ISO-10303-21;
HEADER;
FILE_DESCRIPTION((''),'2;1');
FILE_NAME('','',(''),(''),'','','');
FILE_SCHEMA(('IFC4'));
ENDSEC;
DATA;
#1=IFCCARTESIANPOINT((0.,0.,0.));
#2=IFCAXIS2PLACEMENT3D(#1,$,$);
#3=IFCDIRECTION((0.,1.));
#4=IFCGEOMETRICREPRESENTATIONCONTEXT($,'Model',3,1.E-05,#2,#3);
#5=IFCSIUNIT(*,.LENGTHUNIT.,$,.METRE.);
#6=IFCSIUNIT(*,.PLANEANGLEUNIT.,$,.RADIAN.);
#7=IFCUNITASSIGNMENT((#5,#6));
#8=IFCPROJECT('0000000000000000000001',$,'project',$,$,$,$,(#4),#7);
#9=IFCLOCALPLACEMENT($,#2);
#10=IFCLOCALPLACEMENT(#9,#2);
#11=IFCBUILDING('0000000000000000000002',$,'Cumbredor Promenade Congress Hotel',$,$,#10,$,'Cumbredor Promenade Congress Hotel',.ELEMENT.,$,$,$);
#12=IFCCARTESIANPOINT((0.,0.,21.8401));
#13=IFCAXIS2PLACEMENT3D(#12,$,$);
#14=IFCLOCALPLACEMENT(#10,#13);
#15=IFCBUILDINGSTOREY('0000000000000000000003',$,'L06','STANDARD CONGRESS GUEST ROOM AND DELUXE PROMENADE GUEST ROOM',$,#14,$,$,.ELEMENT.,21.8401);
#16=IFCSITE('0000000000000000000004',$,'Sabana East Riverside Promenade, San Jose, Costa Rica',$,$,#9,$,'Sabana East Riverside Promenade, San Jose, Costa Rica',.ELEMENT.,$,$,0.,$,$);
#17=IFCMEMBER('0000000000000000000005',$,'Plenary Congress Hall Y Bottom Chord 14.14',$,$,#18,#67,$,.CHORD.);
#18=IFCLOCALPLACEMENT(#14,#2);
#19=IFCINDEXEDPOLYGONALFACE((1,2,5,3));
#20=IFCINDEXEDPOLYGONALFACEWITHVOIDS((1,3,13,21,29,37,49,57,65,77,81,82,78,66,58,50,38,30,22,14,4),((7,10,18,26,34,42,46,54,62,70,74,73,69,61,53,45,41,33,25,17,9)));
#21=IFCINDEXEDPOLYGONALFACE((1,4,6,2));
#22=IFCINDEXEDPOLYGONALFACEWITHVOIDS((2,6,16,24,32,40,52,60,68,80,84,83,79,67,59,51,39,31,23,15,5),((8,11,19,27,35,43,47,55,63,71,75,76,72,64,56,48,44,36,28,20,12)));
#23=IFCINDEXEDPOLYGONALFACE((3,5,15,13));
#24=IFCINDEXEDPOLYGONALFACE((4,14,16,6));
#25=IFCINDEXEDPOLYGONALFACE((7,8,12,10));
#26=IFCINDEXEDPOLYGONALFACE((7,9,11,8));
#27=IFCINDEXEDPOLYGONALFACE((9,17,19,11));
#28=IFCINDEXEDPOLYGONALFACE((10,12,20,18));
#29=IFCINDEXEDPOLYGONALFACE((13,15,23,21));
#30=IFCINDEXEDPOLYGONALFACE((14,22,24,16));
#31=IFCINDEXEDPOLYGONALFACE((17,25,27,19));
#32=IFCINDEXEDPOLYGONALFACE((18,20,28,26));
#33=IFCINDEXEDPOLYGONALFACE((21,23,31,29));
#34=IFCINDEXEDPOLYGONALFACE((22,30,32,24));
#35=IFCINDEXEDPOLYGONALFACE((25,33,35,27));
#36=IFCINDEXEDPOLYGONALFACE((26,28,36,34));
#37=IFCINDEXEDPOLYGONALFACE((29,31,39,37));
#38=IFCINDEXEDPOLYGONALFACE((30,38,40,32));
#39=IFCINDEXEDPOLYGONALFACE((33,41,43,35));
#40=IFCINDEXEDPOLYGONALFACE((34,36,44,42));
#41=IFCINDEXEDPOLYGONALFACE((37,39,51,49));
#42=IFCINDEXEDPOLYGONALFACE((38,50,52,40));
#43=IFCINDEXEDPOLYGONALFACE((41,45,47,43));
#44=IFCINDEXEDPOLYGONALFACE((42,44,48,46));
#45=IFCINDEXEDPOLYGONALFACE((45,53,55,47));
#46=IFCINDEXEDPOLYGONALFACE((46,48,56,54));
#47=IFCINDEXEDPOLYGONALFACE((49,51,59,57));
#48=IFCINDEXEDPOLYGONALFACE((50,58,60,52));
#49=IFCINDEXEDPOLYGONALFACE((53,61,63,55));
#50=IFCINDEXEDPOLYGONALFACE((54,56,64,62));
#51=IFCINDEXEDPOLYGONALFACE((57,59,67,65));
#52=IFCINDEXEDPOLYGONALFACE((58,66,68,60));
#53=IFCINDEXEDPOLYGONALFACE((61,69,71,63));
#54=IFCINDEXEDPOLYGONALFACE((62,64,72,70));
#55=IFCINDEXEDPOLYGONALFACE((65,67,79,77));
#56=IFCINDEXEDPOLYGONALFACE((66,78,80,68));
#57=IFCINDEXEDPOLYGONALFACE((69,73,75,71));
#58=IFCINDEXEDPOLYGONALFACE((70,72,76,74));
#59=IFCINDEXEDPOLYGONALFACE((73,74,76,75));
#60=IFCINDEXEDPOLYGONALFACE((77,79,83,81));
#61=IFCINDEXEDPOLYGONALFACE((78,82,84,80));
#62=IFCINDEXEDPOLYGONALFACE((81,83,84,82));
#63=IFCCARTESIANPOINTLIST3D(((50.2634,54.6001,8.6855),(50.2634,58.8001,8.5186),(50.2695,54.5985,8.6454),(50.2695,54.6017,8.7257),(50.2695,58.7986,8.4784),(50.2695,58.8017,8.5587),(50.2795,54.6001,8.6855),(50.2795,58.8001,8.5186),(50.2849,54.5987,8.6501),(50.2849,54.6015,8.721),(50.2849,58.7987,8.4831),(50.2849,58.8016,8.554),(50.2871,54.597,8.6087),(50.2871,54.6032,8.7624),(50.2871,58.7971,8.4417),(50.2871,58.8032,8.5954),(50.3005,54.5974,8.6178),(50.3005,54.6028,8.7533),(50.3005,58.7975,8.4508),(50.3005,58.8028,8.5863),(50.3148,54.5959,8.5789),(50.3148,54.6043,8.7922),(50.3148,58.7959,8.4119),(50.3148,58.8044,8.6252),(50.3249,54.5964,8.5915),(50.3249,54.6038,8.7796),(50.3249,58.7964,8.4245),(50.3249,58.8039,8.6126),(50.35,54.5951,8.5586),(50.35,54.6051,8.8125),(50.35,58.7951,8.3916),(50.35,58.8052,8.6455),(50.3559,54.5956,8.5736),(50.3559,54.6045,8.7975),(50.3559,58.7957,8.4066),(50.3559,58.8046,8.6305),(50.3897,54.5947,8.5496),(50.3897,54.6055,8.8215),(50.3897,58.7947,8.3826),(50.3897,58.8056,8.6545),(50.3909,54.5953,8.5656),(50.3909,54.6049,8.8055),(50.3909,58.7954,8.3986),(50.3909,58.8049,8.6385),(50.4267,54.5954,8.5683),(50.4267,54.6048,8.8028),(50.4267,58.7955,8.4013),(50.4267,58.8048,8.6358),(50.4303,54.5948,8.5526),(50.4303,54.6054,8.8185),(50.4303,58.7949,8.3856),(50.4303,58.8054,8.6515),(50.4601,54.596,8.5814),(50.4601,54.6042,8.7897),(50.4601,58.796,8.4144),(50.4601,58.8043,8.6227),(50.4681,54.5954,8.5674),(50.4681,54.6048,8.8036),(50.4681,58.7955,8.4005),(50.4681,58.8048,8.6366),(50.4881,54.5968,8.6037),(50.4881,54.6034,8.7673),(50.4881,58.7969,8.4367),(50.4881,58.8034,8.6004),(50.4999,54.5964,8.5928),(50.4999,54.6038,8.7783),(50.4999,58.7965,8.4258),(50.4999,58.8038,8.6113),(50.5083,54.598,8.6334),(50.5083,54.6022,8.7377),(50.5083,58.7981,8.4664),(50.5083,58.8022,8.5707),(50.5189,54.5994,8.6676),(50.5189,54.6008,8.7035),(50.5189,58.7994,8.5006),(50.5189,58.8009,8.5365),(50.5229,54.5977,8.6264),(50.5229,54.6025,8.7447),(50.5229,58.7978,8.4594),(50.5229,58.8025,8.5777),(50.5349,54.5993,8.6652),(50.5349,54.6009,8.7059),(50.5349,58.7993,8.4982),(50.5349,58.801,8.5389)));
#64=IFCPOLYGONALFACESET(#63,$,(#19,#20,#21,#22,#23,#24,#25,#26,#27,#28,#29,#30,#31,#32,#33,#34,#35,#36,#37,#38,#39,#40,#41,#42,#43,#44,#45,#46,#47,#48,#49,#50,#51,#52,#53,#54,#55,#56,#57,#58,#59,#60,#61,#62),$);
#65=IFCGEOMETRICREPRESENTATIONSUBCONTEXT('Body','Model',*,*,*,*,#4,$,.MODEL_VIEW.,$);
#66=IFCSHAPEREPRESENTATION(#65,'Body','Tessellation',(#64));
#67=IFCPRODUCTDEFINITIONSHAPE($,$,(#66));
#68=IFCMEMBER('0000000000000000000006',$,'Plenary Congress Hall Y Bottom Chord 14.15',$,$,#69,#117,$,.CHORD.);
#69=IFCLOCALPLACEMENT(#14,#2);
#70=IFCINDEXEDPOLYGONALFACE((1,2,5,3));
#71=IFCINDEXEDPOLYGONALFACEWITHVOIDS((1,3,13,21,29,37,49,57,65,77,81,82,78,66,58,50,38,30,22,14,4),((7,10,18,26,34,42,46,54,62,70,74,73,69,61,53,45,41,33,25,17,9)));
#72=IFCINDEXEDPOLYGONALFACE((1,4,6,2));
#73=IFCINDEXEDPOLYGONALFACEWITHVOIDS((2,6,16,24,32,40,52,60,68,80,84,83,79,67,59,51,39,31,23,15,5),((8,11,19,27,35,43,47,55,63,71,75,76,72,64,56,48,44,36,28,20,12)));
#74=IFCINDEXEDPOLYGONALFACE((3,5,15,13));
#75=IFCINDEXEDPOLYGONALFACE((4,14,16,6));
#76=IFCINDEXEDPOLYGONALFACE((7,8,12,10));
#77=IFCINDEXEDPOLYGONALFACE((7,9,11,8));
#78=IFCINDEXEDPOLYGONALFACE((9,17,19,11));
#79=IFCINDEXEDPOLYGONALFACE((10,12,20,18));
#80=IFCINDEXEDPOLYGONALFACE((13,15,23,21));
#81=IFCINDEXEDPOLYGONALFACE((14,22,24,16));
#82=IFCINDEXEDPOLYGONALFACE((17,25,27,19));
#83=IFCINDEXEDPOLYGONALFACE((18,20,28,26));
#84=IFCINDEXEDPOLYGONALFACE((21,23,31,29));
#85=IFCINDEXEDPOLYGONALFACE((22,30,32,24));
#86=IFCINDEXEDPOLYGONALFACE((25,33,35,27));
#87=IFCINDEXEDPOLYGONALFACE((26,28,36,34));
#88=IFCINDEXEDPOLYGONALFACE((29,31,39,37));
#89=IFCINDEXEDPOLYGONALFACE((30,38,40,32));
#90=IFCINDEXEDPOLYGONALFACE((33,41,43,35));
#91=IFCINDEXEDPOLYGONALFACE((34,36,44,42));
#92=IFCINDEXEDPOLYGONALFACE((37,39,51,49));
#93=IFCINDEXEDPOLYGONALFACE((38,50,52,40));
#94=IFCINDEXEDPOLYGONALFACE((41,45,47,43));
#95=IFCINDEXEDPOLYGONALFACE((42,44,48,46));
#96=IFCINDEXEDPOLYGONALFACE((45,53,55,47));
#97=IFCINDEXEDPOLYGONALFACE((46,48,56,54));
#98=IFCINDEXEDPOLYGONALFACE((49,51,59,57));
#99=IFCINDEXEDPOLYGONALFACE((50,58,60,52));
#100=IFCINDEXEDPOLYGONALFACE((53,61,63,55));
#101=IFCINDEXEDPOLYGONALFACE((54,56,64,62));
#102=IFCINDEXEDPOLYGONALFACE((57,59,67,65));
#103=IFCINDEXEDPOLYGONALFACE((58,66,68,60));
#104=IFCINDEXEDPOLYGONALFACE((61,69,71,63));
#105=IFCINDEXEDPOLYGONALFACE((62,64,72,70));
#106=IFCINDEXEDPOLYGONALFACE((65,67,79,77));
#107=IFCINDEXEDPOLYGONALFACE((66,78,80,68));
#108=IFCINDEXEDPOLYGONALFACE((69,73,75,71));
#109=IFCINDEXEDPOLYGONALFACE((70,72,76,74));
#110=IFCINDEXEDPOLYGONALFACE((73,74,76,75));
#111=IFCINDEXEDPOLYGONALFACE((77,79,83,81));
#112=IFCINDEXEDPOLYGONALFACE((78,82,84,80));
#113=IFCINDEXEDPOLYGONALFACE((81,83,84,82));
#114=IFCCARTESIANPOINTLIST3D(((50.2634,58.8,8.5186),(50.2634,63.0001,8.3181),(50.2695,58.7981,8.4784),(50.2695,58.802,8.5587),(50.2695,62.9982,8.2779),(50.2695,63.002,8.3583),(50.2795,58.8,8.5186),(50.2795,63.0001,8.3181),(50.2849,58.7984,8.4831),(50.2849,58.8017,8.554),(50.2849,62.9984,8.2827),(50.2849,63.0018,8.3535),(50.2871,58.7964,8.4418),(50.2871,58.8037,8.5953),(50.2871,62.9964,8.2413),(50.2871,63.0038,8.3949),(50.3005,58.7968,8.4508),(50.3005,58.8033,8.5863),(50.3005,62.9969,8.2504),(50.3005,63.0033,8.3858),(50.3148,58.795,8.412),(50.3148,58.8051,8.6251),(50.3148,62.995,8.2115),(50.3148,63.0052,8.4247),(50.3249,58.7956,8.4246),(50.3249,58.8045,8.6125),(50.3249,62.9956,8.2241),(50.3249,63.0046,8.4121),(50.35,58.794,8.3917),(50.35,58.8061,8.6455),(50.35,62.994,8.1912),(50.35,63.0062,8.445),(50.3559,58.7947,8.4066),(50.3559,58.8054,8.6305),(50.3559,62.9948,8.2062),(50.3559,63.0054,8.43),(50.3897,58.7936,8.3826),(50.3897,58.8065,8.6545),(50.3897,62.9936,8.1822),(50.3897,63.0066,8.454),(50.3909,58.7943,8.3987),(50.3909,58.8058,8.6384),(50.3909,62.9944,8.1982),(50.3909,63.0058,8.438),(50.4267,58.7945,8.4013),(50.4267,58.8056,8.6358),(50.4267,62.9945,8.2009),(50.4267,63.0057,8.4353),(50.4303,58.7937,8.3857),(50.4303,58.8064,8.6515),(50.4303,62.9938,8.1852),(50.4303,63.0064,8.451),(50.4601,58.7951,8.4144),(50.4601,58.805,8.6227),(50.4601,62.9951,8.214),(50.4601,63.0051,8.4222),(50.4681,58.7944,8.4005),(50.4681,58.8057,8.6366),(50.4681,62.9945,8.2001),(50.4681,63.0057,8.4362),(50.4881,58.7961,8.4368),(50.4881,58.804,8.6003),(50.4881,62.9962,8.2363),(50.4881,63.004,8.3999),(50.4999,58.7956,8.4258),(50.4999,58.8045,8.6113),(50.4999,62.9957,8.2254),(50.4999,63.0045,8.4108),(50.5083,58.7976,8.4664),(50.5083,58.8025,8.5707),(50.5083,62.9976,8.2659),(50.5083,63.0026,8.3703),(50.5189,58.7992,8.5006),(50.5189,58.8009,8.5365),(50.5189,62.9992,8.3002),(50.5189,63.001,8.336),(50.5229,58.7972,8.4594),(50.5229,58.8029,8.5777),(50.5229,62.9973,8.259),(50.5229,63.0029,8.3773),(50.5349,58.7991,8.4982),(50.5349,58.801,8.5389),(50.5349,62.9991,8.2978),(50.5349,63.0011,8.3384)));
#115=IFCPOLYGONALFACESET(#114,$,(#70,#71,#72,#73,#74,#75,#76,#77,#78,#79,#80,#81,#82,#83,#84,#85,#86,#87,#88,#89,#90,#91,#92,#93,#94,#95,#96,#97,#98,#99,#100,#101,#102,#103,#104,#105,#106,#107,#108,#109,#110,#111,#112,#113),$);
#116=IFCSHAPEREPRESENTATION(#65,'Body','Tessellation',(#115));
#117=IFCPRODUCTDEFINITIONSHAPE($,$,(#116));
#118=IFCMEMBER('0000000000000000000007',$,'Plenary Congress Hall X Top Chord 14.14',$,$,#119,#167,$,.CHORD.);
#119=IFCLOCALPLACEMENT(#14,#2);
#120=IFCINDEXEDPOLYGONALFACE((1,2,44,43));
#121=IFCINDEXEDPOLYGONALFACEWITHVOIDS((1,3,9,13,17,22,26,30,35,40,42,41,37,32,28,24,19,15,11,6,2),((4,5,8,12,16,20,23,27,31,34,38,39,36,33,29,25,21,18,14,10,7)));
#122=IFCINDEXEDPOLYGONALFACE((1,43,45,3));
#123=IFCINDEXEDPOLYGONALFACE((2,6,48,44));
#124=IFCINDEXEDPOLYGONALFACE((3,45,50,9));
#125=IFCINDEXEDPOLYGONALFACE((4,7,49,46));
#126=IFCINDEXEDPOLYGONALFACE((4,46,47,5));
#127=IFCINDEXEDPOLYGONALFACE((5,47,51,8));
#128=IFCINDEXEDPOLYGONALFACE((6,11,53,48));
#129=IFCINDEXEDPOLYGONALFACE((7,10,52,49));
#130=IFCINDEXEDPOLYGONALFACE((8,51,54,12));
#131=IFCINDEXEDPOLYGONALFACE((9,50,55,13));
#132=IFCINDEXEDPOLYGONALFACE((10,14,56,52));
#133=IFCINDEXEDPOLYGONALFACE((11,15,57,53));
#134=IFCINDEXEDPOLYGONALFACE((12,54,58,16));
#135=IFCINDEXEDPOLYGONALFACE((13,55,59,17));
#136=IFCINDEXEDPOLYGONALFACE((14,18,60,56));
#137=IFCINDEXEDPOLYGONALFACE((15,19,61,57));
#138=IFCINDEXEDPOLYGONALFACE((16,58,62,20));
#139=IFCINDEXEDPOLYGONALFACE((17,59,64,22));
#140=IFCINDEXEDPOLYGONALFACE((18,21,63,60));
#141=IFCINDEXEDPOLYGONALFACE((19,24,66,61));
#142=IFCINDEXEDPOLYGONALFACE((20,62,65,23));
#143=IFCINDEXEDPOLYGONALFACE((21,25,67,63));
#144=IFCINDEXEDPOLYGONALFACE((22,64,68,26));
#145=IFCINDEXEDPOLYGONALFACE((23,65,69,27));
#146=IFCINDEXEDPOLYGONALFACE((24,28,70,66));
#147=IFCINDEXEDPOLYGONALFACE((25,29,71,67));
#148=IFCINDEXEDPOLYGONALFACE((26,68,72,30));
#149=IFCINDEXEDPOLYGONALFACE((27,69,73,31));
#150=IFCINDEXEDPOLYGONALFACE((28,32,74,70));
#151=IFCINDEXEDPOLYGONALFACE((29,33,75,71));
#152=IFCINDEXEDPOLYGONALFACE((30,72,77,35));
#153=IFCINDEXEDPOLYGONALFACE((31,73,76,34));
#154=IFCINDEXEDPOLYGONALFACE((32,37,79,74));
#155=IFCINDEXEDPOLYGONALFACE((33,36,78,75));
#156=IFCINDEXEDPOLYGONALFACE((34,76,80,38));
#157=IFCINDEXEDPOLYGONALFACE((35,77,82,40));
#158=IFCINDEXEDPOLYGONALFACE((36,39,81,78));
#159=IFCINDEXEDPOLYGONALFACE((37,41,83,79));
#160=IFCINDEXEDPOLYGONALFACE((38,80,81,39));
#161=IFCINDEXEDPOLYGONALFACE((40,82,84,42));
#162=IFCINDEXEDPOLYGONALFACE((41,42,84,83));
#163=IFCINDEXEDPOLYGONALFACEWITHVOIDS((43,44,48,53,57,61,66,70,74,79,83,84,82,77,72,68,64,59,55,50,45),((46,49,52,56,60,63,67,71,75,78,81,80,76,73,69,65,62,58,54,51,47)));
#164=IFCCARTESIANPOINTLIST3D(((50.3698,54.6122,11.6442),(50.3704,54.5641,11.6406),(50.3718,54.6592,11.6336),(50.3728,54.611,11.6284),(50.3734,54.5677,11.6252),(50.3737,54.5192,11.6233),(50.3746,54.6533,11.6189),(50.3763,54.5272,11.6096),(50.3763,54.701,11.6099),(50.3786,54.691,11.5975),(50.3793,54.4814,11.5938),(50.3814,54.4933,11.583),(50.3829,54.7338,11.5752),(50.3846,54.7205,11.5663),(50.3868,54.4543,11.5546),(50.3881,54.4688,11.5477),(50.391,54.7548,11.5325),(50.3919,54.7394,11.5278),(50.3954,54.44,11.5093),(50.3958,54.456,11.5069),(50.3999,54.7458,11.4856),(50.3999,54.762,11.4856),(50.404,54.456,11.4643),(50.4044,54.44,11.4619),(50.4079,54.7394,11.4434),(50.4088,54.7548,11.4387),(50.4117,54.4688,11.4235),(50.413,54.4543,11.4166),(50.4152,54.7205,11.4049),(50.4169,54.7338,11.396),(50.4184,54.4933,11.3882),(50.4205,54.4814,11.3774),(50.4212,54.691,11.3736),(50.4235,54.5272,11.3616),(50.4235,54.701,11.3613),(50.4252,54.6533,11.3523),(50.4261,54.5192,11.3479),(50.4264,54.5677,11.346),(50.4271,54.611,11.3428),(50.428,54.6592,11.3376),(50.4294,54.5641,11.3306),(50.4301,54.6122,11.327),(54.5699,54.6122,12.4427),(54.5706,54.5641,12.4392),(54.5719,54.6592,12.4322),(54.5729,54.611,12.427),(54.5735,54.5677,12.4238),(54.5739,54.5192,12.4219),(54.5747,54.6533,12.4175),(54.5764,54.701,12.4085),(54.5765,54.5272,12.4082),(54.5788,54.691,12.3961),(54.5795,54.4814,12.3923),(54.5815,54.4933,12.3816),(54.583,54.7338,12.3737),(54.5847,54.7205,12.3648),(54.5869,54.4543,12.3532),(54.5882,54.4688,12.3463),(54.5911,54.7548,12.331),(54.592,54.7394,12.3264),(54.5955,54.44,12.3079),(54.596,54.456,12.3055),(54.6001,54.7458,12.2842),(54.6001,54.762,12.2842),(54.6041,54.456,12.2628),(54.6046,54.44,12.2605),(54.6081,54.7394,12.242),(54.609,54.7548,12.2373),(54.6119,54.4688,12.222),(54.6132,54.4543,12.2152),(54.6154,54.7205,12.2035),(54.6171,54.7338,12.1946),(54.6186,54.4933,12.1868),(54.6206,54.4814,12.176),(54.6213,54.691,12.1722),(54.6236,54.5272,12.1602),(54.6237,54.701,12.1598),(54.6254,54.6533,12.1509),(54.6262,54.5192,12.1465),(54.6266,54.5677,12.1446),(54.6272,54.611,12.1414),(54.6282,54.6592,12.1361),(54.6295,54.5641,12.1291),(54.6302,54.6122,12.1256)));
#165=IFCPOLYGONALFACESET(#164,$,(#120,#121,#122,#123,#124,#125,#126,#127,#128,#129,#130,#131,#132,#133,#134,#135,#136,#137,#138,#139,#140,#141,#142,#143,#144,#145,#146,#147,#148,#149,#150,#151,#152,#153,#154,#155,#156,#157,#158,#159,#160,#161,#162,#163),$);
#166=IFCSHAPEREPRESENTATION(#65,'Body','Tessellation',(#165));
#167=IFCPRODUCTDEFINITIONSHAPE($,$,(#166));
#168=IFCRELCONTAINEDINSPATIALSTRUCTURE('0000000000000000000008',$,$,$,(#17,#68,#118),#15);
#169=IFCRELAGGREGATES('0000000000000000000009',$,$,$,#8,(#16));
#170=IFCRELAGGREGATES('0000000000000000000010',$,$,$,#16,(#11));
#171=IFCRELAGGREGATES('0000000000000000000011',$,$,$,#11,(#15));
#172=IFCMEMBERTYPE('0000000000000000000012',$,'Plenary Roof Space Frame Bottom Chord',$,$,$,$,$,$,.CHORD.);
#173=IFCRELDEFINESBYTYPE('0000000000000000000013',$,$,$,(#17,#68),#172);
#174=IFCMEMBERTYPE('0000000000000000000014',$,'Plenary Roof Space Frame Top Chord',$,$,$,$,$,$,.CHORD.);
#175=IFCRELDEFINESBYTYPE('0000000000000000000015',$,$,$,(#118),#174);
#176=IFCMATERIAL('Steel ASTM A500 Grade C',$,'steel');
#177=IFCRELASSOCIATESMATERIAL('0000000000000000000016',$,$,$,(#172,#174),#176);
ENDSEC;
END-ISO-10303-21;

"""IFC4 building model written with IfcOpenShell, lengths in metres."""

from ifc_helpers import new_model, si_unit, direction, frame, origin, origin_2d, place, context, subcontext, project, spatial, hollow_circle, extrude, material, material_profile, profile_set, type_object, element, save


model = new_model("IFC4")

# Units and contexts
model_context = context("Model", 3, precision=1e-05, world=origin(), true_north=direction((0.0, 1.0)))
body_context = subcontext(model_context, "Body", "Model", "MODEL_VIEW")
ifc_project = project(units=[si_unit("LENGTHUNIT", "METRE"), si_unit("PLANEANGLEUNIT", "RADIAN")], contexts=[model_context])

# Site, building, storey
site_placement = place(None, origin())
site = spatial("IfcSite", under=ifc_project, at=site_placement, Name="Sabana East Riverside Promenade, San Jose, Costa Rica", LongName="Sabana East Riverside Promenade, San Jose, Costa Rica", CompositionType="ELEMENT", RefElevation=0.0)
building_placement = place(site_placement, origin())
building = spatial("IfcBuilding", under=site, at=building_placement, Name="Cumbredor Promenade Congress Hotel", LongName="Cumbredor Promenade Congress Hotel", CompositionType="ELEMENT")
storey_placement = place(building_placement, frame((0.0, 0.0, 21.8401)))
storey = spatial("IfcBuildingStorey", under=building, at=storey_placement, Name="L06", Description="STANDARD CONGRESS GUEST ROOM AND DELUXE PROMENADE GUEST ROOM", CompositionType="ELEMENT", Elevation=21.8401)

# Members
ifc_material_1 = material(Name="Steel ASTM A500 Grade C", Category="steel")
ifc_material_profile_1 = material_profile(ifc_material_1, hollow_circle(Radius=0.1365, WallThickness=0.0161, at=origin_2d()), Name="CHS 273.0x16")
ifc_profile_set_1 = profile_set([ifc_material_profile_1], Name="Steel ASTM A500 Grade C")
member_type_1 = type_object("IfcMemberType", Name="Plenary Roof Space Frame Bottom Chord", PredefinedType="CHORD", material=ifc_profile_set_1)
member_1_placement = place(storey_placement, frame((50.3999, 54.6001, 8.6855), z_axis=(0.0, 0.99921, -0.039729), x_axis=(-1.0, 0.0, 0.0)))
element("IfcMember", 1, at=member_1_placement, inside=storey, type_object=member_type_1, Name="Plenary Congress Hall Y Bottom Chord 14.14", PredefinedType="CHORD", context=body_context, shape_type="SweptSolid", body=[
    extrude(hollow_circle(Radius=0.1365, WallThickness=0.0161, at=origin_2d()), origin(), (0.0, 0.0, 1.0), 4.2034),
])
member_2_placement = place(storey_placement, frame((50.3999, 58.8, 8.5186), z_axis=(0.0, 0.998863, -0.04767), x_axis=(-1.0, 0.0, 0.0)))
element("IfcMember", 2, at=member_2_placement, inside=storey, type_object=member_type_1, Name="Plenary Congress Hall Y Bottom Chord 14.15", PredefinedType="CHORD", context=body_context, shape_type="SweptSolid", body=[
    extrude(hollow_circle(Radius=0.1365, WallThickness=0.0161, at=origin_2d()), origin(), (0.0, 0.0, 1.0), 4.2048),
])
ifc_material_profile_2 = material_profile(ifc_material_1, hollow_circle(Radius=0.1619, WallThickness=0.0161, at=origin_2d()), Name="CHS 323.9x16")
ifc_profile_set_2 = profile_set([ifc_material_profile_2], Name="Steel ASTM A500 Grade C")
member_type_2 = type_object("IfcMemberType", Name="Plenary Roof Space Frame Top Chord", PredefinedType="CHORD", material=ifc_profile_set_2)
member_3_placement = place(storey_placement, frame((50.3999, 54.6001, 11.4856), z_axis=(0.982401, 0.0, 0.186784), x_axis=(0.0, 1.0, 0.0)))
element("IfcMember", 3, at=member_3_placement, inside=storey, type_object=member_type_2, Name="Plenary Congress Hall X Top Chord 14.14", PredefinedType="CHORD", context=body_context, shape_type="SweptSolid", body=[
    extrude(hollow_circle(Radius=0.1619, WallThickness=0.0161, at=origin_2d()), origin(), (0.0, 0.0, 1.0), 4.2754),
])

save(model, "model.ifc")
